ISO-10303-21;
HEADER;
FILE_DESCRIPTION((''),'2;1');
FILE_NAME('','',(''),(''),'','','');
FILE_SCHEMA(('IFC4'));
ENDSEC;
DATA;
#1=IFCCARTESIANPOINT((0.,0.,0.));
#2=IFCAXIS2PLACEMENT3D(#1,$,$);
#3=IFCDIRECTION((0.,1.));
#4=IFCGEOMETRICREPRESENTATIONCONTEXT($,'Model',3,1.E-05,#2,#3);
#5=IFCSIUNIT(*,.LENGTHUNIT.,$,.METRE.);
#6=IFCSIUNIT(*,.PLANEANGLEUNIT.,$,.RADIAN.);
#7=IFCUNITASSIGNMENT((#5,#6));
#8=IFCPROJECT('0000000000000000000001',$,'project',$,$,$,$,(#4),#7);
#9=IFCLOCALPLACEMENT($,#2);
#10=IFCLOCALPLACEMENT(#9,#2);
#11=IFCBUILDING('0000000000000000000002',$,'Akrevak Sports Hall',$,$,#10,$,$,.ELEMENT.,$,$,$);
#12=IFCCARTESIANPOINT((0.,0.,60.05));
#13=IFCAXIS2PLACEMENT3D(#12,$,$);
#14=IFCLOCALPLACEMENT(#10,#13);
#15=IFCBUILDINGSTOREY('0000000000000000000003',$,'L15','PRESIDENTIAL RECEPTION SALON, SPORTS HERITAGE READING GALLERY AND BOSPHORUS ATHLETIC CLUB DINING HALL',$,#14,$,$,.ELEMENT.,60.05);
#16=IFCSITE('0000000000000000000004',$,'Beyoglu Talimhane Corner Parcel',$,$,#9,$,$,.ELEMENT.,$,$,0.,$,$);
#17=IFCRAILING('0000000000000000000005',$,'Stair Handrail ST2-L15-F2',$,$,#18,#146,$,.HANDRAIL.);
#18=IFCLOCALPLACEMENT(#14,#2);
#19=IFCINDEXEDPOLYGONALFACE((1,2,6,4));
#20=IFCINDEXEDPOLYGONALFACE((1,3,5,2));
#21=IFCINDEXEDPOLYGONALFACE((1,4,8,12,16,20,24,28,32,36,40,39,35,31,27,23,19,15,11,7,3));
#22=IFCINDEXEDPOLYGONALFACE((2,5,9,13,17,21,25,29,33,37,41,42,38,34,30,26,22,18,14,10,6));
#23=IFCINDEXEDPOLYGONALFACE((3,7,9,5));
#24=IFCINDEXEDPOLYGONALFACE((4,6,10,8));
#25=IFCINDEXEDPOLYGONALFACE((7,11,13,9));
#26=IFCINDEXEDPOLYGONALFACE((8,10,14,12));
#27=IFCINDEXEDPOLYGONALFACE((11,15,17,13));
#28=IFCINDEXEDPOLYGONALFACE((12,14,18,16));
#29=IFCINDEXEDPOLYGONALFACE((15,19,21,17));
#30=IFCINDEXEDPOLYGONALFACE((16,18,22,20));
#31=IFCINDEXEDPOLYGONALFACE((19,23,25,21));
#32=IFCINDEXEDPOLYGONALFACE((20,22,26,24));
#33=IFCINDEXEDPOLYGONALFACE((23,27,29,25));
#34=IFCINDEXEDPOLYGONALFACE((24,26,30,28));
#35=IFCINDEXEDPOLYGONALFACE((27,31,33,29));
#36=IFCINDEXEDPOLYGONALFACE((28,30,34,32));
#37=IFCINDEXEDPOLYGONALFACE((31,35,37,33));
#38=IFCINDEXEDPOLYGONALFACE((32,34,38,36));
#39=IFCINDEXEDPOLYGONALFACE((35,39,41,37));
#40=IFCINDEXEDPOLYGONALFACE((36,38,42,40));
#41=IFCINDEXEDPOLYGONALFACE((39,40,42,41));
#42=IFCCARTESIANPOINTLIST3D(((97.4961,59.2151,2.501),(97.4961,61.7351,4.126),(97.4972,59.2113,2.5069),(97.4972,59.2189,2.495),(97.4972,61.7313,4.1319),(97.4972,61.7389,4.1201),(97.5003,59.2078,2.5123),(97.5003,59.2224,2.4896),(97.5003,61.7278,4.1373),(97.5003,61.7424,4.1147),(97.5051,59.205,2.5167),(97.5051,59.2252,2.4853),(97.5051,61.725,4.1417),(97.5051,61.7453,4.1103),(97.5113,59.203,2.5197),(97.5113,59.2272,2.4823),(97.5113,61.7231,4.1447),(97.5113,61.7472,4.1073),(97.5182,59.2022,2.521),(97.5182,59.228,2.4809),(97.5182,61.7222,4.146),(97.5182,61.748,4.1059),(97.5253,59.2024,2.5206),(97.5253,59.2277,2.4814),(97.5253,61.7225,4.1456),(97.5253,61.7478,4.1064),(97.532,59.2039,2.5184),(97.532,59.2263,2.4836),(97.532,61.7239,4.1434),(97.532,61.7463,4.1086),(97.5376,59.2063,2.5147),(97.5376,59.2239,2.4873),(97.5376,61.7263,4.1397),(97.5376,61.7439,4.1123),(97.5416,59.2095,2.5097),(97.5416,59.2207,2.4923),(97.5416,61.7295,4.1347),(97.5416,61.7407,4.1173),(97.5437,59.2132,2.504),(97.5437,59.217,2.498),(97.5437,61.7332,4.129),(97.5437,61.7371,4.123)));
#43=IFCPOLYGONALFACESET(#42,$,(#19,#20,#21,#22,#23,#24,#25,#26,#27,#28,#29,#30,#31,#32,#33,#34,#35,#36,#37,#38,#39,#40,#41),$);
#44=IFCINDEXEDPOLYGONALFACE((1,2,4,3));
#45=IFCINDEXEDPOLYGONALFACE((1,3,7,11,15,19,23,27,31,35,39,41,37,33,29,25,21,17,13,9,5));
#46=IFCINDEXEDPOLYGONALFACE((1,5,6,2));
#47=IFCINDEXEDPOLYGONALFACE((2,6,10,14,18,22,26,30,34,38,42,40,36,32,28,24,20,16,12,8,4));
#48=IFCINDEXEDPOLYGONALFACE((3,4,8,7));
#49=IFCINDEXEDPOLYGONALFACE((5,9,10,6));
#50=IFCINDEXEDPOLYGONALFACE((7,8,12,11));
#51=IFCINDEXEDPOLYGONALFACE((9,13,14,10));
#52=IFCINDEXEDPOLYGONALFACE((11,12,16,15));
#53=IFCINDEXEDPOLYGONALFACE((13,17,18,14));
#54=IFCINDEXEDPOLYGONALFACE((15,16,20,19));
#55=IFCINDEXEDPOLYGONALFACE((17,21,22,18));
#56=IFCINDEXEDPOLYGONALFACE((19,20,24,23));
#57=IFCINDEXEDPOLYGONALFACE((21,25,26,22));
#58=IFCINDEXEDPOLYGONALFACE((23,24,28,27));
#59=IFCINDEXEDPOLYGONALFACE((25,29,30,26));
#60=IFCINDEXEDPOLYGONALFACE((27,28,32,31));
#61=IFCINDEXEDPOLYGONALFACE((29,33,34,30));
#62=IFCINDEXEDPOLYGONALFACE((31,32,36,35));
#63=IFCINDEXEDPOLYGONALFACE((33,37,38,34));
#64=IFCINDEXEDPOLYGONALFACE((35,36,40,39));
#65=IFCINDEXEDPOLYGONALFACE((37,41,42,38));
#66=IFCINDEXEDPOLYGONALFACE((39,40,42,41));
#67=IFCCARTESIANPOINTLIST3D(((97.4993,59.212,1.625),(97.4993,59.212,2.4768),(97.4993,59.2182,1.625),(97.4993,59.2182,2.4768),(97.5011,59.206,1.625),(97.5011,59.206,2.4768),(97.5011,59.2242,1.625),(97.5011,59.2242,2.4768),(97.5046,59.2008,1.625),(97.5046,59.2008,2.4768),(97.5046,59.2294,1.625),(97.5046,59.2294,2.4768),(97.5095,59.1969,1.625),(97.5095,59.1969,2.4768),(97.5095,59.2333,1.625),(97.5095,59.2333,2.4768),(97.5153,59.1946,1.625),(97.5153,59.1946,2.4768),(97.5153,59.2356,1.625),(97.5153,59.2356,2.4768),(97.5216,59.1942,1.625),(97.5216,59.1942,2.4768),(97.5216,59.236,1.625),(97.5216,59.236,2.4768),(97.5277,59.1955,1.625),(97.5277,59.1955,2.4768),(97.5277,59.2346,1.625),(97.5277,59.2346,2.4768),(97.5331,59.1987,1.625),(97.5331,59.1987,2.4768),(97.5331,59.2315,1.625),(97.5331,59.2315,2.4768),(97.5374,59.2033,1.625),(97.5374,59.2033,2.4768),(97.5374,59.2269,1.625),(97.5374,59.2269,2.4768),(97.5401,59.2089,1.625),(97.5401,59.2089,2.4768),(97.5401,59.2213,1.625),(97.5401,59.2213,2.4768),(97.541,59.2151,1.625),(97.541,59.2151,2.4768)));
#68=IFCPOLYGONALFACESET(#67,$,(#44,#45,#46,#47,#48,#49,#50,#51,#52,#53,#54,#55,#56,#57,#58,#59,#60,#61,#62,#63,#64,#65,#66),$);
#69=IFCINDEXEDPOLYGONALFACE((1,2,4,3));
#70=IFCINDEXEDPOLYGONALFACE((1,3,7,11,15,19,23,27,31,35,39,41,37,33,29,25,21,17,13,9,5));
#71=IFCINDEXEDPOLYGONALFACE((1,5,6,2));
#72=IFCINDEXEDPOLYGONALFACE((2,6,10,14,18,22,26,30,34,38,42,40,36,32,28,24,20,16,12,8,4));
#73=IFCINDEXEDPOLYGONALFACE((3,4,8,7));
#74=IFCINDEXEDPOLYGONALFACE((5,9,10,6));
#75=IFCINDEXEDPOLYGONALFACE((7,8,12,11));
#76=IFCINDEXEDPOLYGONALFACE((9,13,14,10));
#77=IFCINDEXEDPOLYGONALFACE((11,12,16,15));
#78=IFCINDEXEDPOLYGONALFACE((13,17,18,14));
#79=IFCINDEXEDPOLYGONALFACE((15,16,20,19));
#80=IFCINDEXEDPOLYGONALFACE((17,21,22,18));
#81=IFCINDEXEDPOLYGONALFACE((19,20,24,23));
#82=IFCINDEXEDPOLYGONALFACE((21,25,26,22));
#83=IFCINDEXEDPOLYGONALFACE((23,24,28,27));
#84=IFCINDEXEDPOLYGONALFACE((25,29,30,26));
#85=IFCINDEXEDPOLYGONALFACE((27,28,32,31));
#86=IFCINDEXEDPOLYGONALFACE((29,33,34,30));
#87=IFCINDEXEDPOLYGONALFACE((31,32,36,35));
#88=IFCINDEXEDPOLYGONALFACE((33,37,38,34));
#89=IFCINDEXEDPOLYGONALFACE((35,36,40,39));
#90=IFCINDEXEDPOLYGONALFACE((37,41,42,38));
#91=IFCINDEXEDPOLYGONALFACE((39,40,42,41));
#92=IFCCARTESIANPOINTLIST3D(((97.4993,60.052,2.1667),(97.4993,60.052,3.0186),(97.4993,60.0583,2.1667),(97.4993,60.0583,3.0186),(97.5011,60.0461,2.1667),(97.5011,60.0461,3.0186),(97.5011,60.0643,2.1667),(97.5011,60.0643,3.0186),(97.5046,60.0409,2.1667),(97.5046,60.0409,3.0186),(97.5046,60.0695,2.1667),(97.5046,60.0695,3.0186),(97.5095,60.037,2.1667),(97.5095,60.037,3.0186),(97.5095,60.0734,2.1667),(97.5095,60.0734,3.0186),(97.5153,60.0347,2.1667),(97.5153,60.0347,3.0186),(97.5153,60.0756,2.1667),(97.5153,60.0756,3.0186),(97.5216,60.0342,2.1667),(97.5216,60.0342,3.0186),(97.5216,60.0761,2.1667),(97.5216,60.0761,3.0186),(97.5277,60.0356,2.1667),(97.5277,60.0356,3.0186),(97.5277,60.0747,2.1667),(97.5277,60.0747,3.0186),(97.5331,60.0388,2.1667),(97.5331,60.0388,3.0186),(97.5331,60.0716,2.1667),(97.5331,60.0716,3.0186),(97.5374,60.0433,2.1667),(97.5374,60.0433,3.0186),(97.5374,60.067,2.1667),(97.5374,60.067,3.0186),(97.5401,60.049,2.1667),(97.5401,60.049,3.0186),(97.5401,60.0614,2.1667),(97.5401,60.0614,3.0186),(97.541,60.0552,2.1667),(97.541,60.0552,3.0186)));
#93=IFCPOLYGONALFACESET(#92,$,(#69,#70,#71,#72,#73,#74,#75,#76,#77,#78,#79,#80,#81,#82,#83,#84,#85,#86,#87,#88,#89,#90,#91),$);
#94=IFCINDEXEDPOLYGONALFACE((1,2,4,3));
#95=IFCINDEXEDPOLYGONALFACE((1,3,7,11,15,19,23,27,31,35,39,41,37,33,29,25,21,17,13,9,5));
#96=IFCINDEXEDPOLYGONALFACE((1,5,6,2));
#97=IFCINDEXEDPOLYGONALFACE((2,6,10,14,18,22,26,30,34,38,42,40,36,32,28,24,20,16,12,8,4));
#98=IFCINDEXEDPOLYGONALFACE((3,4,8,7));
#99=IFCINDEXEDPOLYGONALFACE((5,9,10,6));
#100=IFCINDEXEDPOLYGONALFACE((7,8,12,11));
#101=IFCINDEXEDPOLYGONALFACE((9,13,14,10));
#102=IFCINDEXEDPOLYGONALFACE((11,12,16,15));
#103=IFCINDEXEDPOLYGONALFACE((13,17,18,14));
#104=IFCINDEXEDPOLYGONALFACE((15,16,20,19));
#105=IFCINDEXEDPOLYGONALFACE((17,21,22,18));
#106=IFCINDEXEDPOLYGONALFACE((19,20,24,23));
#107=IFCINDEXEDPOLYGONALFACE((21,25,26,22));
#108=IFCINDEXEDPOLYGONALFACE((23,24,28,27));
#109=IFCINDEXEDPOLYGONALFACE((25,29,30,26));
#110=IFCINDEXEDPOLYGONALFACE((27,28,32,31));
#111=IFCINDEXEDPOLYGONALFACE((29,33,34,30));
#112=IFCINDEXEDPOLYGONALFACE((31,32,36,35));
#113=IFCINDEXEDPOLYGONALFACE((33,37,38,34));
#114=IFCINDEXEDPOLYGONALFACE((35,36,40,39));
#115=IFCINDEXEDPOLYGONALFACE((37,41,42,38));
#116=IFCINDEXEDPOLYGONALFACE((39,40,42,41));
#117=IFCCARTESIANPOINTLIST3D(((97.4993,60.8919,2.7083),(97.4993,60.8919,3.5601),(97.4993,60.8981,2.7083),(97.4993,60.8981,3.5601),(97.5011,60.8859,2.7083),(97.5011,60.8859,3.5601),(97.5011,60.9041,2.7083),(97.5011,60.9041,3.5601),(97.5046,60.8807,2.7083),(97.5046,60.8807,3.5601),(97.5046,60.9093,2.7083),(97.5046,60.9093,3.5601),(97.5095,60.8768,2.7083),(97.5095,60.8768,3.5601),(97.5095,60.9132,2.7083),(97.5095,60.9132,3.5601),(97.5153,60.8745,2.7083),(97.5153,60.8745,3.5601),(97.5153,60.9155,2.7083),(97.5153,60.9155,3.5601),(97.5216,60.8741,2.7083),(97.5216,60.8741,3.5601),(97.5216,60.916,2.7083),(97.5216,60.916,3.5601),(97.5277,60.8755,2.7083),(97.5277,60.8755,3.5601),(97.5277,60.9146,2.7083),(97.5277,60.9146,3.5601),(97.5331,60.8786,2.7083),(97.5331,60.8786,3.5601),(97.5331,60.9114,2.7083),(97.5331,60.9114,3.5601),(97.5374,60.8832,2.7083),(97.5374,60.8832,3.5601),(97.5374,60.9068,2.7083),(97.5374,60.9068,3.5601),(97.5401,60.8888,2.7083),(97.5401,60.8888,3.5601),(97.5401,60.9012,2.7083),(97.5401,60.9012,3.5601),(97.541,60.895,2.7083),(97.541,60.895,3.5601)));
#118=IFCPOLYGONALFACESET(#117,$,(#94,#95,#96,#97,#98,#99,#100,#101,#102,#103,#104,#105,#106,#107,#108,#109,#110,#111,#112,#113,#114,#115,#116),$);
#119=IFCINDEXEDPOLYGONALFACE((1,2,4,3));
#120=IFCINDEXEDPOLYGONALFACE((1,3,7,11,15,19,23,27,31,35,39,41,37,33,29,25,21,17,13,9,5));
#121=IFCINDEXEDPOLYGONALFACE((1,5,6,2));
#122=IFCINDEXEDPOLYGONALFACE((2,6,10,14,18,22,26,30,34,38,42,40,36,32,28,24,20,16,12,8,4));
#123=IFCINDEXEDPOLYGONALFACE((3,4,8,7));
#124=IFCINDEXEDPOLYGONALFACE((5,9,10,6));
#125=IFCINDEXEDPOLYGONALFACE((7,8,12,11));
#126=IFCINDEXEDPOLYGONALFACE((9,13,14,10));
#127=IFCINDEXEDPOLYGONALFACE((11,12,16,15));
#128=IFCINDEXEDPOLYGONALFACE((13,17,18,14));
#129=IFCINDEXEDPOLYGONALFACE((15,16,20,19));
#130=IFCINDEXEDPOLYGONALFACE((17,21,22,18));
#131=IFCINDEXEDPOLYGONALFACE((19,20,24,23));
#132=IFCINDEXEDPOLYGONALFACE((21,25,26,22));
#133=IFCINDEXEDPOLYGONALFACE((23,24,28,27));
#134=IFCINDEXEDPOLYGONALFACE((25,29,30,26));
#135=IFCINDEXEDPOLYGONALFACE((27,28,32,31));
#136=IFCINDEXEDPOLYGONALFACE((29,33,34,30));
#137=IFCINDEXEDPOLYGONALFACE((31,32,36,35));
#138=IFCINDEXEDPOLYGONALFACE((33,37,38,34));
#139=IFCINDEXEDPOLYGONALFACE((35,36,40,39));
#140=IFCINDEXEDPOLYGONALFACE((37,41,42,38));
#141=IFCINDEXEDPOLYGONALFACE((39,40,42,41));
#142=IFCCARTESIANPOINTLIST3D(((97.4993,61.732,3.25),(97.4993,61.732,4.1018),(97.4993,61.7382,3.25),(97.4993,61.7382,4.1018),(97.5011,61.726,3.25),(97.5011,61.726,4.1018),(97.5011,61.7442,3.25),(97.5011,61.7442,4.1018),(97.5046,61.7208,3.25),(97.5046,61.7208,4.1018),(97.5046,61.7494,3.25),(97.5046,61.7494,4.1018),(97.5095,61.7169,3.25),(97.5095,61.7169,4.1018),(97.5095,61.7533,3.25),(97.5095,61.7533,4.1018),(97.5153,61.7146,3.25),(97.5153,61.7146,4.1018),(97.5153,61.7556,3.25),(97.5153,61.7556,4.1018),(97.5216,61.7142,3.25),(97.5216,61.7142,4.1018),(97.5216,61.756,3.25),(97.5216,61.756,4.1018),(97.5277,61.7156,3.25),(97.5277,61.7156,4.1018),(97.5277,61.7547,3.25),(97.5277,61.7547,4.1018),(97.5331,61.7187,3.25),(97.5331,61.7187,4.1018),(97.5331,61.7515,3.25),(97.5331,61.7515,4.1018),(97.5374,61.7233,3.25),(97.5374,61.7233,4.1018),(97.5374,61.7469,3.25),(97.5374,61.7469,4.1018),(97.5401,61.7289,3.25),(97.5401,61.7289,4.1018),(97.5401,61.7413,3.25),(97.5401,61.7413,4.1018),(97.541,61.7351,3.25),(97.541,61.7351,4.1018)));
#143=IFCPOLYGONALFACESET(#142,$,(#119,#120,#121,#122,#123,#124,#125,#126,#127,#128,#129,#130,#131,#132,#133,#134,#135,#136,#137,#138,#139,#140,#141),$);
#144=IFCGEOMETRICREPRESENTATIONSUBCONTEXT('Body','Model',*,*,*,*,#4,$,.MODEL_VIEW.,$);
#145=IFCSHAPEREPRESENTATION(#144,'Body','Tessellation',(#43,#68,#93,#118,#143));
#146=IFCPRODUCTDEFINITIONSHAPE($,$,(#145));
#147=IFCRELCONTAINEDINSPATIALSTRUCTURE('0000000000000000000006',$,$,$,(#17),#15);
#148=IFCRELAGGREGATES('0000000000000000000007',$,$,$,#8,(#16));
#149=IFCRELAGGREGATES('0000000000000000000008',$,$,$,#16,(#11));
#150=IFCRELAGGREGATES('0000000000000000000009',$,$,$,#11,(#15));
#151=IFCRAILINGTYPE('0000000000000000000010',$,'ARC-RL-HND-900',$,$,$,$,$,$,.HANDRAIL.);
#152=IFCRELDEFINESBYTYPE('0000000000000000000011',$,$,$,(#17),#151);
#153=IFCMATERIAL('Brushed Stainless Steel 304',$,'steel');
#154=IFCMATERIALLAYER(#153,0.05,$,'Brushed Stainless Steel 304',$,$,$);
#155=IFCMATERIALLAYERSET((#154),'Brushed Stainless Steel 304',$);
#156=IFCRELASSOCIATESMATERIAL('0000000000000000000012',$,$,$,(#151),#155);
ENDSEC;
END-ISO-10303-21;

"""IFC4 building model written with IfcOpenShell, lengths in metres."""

from ifc_helpers import new_model, si_unit, direction, frame, origin, origin_2d, place, context, subcontext, project, spatial, circle, extrude, material, layer, layer_set, type_object, element, save


model = new_model("IFC4")

# Units and contexts
model_context = context("Model", 3, precision=1e-05, world=origin(), true_north=direction((0.0, 1.0)))
body_context = subcontext(model_context, "Body", "Model", "MODEL_VIEW")
ifc_project = project(units=[si_unit("LENGTHUNIT", "METRE"), si_unit("PLANEANGLEUNIT", "RADIAN")], contexts=[model_context])

# Site, building, storey
site_placement = place(None, origin())
site = spatial("IfcSite", under=ifc_project, at=site_placement, Name="Beyoglu Talimhane Corner Parcel", CompositionType="ELEMENT", RefElevation=0.0)
building_placement = place(site_placement, origin())
building = spatial("IfcBuilding", under=site, at=building_placement, Name="Akrevak Sports Hall", CompositionType="ELEMENT")
storey_placement = place(building_placement, frame((0.0, 0.0, 60.05)))
storey = spatial("IfcBuildingStorey", under=building, at=storey_placement, Name="L15", Description="PRESIDENTIAL RECEPTION SALON, SPORTS HERITAGE READING GALLERY AND BOSPHORUS ATHLETIC CLUB DINING HALL", CompositionType="ELEMENT", Elevation=60.05)

# Railing
ifc_material_1 = material(Name="Brushed Stainless Steel 304", Category="steel")
ifc_layer_1 = layer(ifc_material_1, 0.05, Name="Brushed Stainless Steel 304")
ifc_layer_set_1 = layer_set([ifc_layer_1], Name="Brushed Stainless Steel 304")
railing_type = type_object("IfcRailingType", Name="ARC-RL-HND-900", PredefinedType="HANDRAIL", material=ifc_layer_set_1)
railing_placement = place(storey_placement, frame((97.52, 59.2151, 1.625)))
element("IfcRailing", 1, at=railing_placement, inside=storey, type_object=railing_type, Name="Stair Handrail ST2-L15-F2", PredefinedType="HANDRAIL", context=body_context, shape_type="SweptSolid", body=[
    extrude(circle(Radius=0.0239, at=origin_2d()), frame((0.0, 0.0, 0.876), z_axis=(0.0, 0.840421, 0.541934), x_axis=(-1.0, 0.0, 0.0)), (0.0, 0.0, 1.0), 2.9985),
    extrude(circle(Radius=0.021, at=origin_2d()), origin(), (0.0, 0.0, 1.0), 0.8518),
    extrude(circle(Radius=0.021, at=origin_2d()), frame((0.0, 0.8401, 0.5417)), (0.0, 0.0, 1.0), 0.8518),
    extrude(circle(Radius=0.021, at=origin_2d()), frame((0.0, 1.6799, 1.0833)), (0.0, 0.0, 1.0), 0.8518),
    extrude(circle(Radius=0.021, at=origin_2d()), frame((0.0, 2.52, 1.625)), (0.0, 0.0, 1.0), 0.8518),
])

save(model, "model.ifc")
